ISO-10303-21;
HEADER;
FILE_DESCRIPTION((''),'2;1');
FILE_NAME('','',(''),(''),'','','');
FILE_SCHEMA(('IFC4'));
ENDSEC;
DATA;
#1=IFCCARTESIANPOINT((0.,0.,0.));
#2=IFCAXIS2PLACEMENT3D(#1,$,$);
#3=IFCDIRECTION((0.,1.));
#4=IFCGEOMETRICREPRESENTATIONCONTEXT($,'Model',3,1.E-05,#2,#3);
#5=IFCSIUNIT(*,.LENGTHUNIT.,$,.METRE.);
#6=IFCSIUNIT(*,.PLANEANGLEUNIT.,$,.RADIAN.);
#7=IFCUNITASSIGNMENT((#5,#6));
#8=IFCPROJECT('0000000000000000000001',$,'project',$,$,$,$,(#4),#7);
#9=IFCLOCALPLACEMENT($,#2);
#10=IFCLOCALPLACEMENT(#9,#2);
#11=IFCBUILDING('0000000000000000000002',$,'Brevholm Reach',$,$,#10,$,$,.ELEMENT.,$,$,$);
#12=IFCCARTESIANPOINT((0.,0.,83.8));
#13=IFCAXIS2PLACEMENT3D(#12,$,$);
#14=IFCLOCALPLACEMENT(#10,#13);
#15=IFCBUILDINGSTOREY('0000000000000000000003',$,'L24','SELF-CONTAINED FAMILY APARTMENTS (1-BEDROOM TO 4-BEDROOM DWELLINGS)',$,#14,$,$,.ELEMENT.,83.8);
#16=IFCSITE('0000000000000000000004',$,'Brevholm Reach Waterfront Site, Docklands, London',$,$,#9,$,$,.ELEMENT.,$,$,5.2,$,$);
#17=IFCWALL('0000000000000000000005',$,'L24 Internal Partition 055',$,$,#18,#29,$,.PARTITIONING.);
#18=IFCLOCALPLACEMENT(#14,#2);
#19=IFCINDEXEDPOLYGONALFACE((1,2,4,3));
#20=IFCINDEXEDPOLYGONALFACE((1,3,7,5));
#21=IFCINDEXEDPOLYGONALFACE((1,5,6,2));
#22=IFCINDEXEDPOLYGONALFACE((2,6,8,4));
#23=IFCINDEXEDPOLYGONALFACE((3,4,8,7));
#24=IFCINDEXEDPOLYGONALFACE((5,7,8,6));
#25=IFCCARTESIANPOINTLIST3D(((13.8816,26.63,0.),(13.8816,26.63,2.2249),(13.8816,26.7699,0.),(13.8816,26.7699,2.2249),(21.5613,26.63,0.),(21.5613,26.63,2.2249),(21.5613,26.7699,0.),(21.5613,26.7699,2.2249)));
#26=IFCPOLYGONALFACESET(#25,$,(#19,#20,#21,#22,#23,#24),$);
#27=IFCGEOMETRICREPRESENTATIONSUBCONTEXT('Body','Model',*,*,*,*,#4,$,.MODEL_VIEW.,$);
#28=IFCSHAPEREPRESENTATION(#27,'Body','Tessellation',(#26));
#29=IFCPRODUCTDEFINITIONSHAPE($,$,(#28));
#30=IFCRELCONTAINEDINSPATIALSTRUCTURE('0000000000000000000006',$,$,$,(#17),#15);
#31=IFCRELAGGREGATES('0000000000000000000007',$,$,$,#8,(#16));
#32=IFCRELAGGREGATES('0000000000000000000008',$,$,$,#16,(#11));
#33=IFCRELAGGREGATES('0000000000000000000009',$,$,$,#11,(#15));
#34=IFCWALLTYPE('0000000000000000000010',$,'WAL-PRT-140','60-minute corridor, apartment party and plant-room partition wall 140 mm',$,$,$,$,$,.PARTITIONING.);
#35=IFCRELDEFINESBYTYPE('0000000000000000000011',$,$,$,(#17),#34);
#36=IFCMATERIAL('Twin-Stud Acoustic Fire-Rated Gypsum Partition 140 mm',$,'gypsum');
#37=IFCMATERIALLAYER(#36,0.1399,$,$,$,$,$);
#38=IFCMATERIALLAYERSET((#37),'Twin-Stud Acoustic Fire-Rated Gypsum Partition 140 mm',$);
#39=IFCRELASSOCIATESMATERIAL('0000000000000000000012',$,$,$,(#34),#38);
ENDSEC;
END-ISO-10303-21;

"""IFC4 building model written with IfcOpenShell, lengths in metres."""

from ifc_helpers import new_model, si_unit, direction, frame, frame_2d, origin, place, context, subcontext, project, spatial, rectangle, extrude, material, layer, layer_set, type_object, element, save


model = new_model("IFC4")

# Units and contexts
model_context = context("Model", 3, precision=1e-05, world=origin(), true_north=direction((0.0, 1.0)))
body_context = subcontext(model_context, "Body", "Model", "MODEL_VIEW")
ifc_project = project(units=[si_unit("LENGTHUNIT", "METRE"), si_unit("PLANEANGLEUNIT", "RADIAN")], contexts=[model_context])

# Site, building, storey
site_placement = place(None, origin())
site = spatial("IfcSite", under=ifc_project, at=site_placement, Name="Brevholm Reach Waterfront Site, Docklands, London", CompositionType="ELEMENT", RefElevation=5.2)
building_placement = place(site_placement, origin())
building = spatial("IfcBuilding", under=site, at=building_placement, Name="Brevholm Reach", CompositionType="ELEMENT")
storey_placement = place(building_placement, frame((0.0, 0.0, 83.8)))
storey = spatial("IfcBuildingStorey", under=building, at=storey_placement, Name="L24", Description="SELF-CONTAINED FAMILY APARTMENTS (1-BEDROOM TO 4-BEDROOM DWELLINGS)", CompositionType="ELEMENT", Elevation=83.8)

# Shared definitions
ifc_material_1 = material(Name="Twin-Stud Acoustic Fire-Rated Gypsum Partition 140 mm", Category="gypsum")
ifc_layer_1 = layer(ifc_material_1, 0.1399)
ifc_layer_set_1 = layer_set([ifc_layer_1], Name="Twin-Stud Acoustic Fire-Rated Gypsum Partition 140 mm")
wall_type_1 = type_object("IfcWallType", Name="WAL-PRT-140", Description="60-minute corridor, apartment party and plant-room partition wall 140 mm", PredefinedType="PARTITIONING", material=ifc_layer_set_1)

# Wall
wall_1_placement = place(storey_placement, frame((13.8816, 26.7, 0.0), z_axis=(0.0, 0.0, 1.0), x_axis=(1.0, 0.0, 0.0)))
element("IfcWall", 1, at=wall_1_placement, inside=storey, type_object=wall_type_1, Name="L24 Internal Partition 055", PredefinedType="PARTITIONING", context=body_context, shape_type="SweptSolid", body=[
    extrude(rectangle(XDim=7.6797, YDim=0.1399, at=frame_2d((3.8398, 0.0))), origin(), (0.0, 0.0, 1.0), 2.2249),
])

save(model, "model.ifc")
